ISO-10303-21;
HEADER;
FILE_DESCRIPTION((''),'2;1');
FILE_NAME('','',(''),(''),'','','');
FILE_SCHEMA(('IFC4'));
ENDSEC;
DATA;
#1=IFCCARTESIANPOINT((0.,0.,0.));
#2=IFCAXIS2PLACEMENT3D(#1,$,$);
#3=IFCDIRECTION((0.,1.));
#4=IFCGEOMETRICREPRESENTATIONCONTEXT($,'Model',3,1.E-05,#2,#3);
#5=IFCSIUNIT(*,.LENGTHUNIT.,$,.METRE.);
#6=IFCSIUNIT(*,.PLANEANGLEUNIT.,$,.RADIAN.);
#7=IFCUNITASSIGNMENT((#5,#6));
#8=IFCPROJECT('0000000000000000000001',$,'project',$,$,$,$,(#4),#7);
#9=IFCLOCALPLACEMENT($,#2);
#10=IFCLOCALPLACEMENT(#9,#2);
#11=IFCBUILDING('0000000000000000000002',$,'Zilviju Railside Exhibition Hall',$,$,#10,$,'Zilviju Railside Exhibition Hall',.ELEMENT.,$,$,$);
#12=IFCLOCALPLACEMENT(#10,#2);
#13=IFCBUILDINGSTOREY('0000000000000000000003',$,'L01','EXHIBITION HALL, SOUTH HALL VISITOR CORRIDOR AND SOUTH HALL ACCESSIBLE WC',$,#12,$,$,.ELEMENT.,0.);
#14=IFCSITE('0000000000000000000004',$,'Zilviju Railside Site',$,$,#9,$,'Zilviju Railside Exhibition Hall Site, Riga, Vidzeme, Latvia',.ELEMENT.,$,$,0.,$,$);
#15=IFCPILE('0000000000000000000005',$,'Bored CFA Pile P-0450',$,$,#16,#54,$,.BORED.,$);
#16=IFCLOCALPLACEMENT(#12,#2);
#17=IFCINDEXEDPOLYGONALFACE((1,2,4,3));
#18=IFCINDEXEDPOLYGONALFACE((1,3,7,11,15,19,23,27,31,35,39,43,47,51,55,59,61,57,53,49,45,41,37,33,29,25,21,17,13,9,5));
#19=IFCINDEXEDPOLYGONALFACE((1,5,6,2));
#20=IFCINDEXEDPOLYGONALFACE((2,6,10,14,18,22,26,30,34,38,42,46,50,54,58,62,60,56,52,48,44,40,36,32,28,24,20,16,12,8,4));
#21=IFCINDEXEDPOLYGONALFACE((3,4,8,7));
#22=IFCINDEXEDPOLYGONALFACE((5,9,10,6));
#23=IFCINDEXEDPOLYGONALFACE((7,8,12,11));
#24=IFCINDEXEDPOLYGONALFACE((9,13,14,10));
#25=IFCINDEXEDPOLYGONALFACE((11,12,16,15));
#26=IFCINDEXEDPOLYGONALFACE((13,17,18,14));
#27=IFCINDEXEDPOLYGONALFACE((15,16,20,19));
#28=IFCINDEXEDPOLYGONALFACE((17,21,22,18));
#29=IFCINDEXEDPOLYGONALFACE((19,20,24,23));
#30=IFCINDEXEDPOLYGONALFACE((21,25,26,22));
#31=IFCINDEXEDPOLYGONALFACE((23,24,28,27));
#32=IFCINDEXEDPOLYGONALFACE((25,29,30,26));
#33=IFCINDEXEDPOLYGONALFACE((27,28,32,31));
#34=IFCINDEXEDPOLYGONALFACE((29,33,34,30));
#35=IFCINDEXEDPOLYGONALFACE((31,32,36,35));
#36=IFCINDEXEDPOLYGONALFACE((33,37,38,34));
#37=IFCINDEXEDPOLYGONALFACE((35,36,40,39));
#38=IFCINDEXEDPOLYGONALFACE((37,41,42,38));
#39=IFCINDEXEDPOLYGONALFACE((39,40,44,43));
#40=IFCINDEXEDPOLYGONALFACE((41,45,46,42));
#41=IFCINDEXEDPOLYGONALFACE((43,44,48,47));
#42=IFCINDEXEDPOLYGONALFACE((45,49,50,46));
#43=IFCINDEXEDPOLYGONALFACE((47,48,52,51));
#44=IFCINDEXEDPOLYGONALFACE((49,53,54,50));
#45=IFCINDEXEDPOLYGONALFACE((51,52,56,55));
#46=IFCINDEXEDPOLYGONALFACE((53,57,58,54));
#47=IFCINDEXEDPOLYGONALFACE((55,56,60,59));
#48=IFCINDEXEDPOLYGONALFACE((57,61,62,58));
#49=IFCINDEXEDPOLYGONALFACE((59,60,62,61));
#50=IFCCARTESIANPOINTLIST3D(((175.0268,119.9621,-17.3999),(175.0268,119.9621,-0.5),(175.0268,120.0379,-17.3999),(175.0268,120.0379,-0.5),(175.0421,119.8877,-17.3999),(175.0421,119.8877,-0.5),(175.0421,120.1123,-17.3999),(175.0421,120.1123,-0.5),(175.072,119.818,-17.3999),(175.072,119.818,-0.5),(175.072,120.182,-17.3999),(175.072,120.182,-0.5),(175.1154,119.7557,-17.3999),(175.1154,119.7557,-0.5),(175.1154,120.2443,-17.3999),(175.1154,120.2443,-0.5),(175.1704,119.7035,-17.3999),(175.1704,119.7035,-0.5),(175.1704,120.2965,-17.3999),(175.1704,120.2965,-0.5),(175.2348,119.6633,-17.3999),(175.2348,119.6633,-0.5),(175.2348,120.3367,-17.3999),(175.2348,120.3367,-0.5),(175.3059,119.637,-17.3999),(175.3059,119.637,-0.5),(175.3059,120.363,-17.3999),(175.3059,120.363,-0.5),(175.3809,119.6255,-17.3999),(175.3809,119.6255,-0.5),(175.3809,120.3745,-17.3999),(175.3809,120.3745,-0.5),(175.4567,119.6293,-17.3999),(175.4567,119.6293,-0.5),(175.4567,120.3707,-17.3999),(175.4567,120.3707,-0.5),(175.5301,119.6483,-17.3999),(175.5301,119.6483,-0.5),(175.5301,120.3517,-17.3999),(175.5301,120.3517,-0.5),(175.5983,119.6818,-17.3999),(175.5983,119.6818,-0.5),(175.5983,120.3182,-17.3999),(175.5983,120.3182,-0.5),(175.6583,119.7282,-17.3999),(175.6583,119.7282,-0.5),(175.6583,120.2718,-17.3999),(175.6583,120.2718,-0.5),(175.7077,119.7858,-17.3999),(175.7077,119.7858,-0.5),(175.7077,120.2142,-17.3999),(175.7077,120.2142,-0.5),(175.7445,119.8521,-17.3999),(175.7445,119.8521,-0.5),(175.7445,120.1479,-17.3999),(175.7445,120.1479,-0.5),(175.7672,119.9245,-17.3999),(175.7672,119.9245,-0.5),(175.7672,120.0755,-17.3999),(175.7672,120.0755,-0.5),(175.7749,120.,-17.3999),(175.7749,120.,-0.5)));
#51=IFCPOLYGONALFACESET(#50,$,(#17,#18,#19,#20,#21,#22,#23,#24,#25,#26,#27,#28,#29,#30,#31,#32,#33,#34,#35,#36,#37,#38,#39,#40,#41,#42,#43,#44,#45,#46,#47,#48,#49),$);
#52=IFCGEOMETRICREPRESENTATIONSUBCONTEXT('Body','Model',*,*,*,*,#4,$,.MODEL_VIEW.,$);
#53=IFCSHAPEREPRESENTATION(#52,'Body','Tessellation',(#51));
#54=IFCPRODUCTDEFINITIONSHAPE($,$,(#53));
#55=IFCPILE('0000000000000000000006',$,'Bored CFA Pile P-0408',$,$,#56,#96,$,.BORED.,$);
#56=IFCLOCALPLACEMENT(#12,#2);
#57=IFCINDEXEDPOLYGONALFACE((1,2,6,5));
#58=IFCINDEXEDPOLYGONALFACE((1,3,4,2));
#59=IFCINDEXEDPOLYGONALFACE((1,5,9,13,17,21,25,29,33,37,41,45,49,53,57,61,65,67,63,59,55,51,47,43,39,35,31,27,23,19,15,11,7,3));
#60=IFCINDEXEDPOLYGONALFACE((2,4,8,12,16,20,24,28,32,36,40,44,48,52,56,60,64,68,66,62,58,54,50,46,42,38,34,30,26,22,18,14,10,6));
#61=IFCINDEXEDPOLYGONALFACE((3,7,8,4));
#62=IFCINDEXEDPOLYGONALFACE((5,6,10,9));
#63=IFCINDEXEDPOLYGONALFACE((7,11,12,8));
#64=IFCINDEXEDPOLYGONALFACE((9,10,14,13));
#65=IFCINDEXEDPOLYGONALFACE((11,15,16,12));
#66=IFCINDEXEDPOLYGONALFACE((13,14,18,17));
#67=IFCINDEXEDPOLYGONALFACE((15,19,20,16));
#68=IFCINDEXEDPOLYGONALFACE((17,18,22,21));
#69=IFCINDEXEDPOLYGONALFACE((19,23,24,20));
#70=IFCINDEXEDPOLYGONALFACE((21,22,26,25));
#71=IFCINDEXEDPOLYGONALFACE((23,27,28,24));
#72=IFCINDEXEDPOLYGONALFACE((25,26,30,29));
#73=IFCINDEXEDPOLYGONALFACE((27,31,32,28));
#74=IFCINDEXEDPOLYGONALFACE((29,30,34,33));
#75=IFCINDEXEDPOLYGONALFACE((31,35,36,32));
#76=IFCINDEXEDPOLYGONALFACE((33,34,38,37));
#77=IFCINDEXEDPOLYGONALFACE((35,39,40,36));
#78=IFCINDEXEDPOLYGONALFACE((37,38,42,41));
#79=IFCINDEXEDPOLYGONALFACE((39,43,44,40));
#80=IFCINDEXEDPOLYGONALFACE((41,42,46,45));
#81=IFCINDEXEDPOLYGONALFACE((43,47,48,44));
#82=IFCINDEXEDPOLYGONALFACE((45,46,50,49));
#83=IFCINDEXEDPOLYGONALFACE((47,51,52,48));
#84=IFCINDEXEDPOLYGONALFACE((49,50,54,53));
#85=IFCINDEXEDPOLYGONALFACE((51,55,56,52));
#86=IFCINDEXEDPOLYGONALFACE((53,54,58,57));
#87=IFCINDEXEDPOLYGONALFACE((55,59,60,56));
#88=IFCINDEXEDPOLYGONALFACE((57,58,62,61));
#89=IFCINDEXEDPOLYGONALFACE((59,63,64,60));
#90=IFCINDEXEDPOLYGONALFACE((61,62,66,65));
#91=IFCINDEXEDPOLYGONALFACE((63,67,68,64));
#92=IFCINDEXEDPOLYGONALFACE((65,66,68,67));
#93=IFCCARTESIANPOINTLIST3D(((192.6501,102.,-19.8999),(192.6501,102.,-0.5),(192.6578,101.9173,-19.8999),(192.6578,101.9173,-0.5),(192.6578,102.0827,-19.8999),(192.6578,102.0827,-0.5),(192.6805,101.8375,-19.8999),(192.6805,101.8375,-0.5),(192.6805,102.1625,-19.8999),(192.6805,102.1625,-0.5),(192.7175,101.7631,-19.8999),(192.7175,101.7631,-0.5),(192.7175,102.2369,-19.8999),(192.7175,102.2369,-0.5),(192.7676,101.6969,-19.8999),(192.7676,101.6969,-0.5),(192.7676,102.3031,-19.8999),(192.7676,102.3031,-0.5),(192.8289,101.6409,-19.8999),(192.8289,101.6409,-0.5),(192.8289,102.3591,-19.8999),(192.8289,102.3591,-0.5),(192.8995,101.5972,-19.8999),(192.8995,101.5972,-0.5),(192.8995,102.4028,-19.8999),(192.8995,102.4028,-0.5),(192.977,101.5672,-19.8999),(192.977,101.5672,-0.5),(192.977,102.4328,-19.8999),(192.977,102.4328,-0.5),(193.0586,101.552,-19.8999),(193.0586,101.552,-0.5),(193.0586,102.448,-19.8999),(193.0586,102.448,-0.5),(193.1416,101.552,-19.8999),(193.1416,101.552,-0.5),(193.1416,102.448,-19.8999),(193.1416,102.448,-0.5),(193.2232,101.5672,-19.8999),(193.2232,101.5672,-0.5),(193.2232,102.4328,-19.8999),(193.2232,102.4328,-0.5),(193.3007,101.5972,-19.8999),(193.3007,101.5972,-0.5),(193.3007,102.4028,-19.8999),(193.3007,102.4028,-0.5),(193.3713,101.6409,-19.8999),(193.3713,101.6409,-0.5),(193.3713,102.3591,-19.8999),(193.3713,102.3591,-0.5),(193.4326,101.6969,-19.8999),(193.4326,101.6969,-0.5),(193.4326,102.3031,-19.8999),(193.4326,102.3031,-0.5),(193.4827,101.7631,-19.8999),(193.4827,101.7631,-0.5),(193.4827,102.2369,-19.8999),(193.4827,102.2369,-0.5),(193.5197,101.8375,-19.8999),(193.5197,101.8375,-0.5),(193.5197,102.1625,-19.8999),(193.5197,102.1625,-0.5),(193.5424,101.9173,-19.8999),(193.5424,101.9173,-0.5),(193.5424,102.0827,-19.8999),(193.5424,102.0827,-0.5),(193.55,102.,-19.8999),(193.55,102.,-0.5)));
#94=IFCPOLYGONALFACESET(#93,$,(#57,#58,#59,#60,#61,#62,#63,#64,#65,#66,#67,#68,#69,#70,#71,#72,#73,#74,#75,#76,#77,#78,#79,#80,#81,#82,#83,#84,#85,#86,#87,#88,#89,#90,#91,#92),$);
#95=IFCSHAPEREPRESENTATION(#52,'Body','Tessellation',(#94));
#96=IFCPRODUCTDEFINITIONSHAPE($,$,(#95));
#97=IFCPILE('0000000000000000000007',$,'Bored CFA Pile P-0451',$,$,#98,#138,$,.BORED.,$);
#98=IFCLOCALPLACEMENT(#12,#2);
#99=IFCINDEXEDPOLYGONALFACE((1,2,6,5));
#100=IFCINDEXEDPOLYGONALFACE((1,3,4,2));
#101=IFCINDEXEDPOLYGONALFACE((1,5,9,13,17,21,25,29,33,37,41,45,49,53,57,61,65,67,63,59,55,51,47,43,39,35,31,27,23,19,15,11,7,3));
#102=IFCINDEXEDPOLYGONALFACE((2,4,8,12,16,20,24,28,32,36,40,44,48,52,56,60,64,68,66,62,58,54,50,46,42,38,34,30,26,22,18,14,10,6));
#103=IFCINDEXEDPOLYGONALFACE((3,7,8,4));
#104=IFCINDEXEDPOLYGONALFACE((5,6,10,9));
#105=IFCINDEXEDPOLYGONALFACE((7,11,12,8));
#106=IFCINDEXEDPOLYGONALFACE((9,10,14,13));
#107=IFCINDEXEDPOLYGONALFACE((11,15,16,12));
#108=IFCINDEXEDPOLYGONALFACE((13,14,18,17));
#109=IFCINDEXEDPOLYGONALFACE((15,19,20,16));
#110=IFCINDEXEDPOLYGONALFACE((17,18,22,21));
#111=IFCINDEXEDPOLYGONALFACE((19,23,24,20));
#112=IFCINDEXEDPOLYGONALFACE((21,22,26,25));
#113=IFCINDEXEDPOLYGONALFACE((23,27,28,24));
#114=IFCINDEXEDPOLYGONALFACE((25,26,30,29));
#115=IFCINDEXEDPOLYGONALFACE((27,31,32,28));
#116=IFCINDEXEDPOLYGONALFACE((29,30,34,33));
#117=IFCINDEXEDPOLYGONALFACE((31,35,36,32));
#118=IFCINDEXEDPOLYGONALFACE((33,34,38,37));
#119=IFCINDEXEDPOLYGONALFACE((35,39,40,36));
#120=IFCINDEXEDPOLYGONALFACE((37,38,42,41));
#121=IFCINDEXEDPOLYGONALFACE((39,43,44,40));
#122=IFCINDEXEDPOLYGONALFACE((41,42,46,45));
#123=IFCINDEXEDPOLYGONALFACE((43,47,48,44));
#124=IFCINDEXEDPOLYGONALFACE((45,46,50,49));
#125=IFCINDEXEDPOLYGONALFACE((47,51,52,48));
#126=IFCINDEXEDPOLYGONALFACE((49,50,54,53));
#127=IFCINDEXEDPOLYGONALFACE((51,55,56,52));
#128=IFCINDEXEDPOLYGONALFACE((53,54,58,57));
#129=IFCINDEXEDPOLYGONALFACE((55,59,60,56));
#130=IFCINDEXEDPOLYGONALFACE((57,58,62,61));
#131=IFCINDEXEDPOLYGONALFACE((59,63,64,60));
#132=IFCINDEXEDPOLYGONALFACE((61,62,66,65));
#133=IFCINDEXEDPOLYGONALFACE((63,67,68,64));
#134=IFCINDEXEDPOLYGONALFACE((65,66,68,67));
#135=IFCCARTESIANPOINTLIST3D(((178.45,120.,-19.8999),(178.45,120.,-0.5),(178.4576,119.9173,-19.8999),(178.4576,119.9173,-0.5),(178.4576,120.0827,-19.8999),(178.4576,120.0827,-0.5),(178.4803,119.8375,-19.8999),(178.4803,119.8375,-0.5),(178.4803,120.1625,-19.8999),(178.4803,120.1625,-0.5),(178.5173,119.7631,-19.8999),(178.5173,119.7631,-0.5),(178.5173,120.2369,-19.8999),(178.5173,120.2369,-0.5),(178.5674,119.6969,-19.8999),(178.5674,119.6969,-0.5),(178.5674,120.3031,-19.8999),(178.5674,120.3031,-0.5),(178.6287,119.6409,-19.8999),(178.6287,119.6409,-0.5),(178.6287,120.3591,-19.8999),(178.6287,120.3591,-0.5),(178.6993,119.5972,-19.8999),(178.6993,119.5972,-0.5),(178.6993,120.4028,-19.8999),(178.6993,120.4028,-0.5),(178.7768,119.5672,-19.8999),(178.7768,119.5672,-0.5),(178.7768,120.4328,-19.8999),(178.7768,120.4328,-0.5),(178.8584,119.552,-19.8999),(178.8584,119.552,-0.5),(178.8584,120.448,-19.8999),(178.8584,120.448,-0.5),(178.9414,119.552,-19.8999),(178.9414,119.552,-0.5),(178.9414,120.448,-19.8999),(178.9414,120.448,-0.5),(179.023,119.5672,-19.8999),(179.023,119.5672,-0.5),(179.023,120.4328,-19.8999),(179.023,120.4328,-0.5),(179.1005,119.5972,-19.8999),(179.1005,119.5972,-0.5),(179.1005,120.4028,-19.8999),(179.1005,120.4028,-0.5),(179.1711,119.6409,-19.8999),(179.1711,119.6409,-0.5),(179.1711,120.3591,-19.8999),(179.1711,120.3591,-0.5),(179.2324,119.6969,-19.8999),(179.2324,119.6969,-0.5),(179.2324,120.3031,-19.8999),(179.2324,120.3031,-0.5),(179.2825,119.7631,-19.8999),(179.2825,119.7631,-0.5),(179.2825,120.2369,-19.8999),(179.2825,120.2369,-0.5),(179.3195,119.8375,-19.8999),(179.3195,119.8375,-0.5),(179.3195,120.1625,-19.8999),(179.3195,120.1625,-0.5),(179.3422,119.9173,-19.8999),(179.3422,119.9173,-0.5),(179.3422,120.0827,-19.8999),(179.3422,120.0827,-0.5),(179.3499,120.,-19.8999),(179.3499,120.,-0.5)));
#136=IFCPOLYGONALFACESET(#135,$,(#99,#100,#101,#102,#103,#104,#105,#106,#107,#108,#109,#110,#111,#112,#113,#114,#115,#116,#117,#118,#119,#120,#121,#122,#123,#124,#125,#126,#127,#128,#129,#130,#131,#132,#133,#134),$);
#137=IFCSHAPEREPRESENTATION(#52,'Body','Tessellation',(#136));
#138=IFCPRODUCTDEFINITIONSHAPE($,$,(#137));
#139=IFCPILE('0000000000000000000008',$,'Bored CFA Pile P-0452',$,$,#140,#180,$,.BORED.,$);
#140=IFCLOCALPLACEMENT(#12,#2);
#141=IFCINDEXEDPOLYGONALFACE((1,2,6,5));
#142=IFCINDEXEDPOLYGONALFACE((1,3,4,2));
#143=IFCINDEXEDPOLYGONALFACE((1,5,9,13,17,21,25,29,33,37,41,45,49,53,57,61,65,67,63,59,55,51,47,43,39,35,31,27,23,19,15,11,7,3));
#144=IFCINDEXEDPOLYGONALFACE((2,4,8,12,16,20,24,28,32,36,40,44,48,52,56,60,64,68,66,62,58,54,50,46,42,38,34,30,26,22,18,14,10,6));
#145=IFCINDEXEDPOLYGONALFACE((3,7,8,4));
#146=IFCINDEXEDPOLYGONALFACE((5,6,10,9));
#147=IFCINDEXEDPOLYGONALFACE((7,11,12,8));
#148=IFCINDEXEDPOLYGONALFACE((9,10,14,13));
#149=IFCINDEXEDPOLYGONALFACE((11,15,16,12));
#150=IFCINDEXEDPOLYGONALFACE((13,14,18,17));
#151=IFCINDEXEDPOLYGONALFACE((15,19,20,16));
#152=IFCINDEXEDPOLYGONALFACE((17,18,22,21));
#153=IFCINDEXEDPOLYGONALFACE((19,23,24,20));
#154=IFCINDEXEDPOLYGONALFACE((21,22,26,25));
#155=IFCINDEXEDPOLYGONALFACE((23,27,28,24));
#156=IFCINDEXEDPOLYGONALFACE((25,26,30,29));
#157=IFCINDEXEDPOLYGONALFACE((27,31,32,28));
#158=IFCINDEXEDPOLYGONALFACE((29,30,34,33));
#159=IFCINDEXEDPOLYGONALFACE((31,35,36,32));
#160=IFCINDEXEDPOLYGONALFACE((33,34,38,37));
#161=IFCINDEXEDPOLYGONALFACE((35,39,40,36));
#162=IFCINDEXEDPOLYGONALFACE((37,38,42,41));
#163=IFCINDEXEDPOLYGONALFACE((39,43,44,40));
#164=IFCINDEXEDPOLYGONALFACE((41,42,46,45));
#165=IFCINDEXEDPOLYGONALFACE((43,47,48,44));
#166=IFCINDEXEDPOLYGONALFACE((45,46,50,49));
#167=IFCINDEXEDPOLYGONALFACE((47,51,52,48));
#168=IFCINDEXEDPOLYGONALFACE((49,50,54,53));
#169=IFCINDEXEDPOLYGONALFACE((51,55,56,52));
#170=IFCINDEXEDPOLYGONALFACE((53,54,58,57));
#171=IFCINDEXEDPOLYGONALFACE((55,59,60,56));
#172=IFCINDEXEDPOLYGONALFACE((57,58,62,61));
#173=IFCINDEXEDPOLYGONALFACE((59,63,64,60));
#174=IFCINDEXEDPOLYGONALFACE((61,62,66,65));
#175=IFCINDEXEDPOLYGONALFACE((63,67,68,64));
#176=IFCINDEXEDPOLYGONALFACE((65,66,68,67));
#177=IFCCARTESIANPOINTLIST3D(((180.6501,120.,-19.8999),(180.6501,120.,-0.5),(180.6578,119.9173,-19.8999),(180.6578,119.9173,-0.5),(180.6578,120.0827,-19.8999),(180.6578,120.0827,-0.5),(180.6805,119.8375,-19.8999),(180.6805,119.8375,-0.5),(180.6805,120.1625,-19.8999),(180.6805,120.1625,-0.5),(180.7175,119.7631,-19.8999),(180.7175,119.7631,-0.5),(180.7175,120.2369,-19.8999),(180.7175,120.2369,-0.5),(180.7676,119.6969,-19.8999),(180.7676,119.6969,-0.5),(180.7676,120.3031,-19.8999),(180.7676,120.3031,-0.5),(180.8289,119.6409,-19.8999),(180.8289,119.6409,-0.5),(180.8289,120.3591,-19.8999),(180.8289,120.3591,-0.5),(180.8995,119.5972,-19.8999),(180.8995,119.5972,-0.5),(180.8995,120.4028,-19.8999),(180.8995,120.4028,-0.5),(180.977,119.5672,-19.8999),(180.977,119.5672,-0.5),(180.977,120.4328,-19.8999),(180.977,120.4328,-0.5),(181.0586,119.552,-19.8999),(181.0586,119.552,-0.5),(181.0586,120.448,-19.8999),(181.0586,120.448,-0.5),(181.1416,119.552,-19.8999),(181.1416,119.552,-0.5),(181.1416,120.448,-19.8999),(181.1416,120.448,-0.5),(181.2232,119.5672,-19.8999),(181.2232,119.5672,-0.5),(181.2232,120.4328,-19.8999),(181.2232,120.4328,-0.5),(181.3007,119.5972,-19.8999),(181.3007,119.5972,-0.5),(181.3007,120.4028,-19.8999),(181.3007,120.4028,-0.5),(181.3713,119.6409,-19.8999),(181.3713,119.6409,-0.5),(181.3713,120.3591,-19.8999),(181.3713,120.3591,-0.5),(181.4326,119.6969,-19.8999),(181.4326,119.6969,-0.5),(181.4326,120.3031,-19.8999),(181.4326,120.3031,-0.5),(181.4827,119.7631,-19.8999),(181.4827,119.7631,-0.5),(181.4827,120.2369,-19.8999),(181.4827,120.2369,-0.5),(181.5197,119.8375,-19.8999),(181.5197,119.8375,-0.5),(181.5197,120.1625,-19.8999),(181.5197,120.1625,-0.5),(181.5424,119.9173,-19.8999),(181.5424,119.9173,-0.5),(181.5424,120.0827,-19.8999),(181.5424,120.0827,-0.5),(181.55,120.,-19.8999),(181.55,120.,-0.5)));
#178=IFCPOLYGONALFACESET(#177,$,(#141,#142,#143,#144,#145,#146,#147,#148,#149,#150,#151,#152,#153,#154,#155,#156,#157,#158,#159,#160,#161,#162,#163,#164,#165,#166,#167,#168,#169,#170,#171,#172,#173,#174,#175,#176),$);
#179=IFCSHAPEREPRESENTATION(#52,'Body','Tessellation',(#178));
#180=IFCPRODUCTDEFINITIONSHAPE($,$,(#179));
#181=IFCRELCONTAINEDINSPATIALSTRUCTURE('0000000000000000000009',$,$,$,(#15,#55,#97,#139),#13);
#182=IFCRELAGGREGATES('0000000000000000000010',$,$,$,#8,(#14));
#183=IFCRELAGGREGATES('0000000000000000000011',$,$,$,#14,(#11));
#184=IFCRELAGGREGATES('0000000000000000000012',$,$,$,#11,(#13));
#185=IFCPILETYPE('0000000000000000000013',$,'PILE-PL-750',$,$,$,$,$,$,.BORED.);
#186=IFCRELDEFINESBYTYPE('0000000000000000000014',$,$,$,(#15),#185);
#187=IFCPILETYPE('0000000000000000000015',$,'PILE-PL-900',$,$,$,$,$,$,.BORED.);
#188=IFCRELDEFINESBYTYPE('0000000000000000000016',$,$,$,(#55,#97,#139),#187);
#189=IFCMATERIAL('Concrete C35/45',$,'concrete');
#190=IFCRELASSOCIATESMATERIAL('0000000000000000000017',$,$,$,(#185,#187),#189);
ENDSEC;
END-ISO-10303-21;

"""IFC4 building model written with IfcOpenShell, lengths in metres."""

from ifc_helpers import new_model, si_unit, direction, frame, origin, origin_2d, place, context, subcontext, project, spatial, circle, extrude, material, material_profile, profile_set, type_object, element, save


model = new_model("IFC4")

# Units and contexts
model_context = context("Model", 3, precision=1e-05, world=origin(), true_north=direction((0.0, 1.0)))
body_context = subcontext(model_context, "Body", "Model", "MODEL_VIEW")
ifc_project = project(units=[si_unit("LENGTHUNIT", "METRE"), si_unit("PLANEANGLEUNIT", "RADIAN")], contexts=[model_context])

# Site, building, storey
site_placement = place(None, origin())
site = spatial("IfcSite", under=ifc_project, at=site_placement, Name="Zilviju Railside Site", LongName="Zilviju Railside Exhibition Hall Site, Riga, Vidzeme, Latvia", CompositionType="ELEMENT", RefElevation=0.0)
building_placement = place(site_placement, origin())
building = spatial("IfcBuilding", under=site, at=building_placement, Name="Zilviju Railside Exhibition Hall", LongName="Zilviju Railside Exhibition Hall", CompositionType="ELEMENT")
storey_placement = place(building_placement, origin())
storey = spatial("IfcBuildingStorey", under=building, at=storey_placement, Name="L01", Description="EXHIBITION HALL, SOUTH HALL VISITOR CORRIDOR AND SOUTH HALL ACCESSIBLE WC", CompositionType="ELEMENT", Elevation=0.0)

# Shared definitions
ifc_material_1 = material(Name="Concrete C35/45", Category="concrete")

# Piles
ifc_material_profile_1 = material_profile(ifc_material_1, circle(Radius=0.375, at=origin_2d()), Name="CFA PILE D750")
ifc_profile_set_1 = profile_set([ifc_material_profile_1], Name="Concrete C35/45")
pile_type_1 = type_object("IfcPileType", Name="PILE-PL-750", PredefinedType="BORED", material=ifc_profile_set_1)
for number, where, z_axis, x_axis, name in (
    (1, (175.3999, 120.0, -0.5), (0.0, 0.0, -1.0), (1.0, 0.0, 0.0), "Bored CFA Pile P-0450"),
):
    element("IfcPile", number, at=place(storey_placement, frame(where, z_axis=z_axis, x_axis=x_axis)), inside=storey, type_object=pile_type_1, Name=name, PredefinedType="BORED", context=body_context, shape_type="SweptSolid", body=[
        extrude(circle(Radius=0.375, at=origin_2d()), origin(), (0.0, 0.0, 1.0), 16.8999),
    ])
ifc_material_profile_2 = material_profile(ifc_material_1, circle(Radius=0.45, at=origin_2d()), Name="CFA PILE D900")
ifc_profile_set_2 = profile_set([ifc_material_profile_2], Name="Concrete C35/45")
pile_type_2 = type_object("IfcPileType", Name="PILE-PL-900", PredefinedType="BORED", material=ifc_profile_set_2)
for number, where, z_axis, x_axis, name in (
    (2, (193.1001, 102.0, -0.5), (0.0, 0.0, -1.0), (1.0, 0.0, 0.0), "Bored CFA Pile P-0408"),
    (3, (178.8999, 120.0, -0.5), (0.0, 0.0, -1.0), (1.0, 0.0, 0.0), "Bored CFA Pile P-0451"),
    (4, (181.1001, 120.0, -0.5), (0.0, 0.0, -1.0), (1.0, 0.0, 0.0), "Bored CFA Pile P-0452"),
):
    element("IfcPile", number, at=place(storey_placement, frame(where, z_axis=z_axis, x_axis=x_axis)), inside=storey, type_object=pile_type_2, Name=name, PredefinedType="BORED", context=body_context, shape_type="SweptSolid", body=[
        extrude(circle(Radius=0.45, at=origin_2d()), origin(), (0.0, 0.0, 1.0), 19.3999),
    ])

save(model, "model.ifc")
